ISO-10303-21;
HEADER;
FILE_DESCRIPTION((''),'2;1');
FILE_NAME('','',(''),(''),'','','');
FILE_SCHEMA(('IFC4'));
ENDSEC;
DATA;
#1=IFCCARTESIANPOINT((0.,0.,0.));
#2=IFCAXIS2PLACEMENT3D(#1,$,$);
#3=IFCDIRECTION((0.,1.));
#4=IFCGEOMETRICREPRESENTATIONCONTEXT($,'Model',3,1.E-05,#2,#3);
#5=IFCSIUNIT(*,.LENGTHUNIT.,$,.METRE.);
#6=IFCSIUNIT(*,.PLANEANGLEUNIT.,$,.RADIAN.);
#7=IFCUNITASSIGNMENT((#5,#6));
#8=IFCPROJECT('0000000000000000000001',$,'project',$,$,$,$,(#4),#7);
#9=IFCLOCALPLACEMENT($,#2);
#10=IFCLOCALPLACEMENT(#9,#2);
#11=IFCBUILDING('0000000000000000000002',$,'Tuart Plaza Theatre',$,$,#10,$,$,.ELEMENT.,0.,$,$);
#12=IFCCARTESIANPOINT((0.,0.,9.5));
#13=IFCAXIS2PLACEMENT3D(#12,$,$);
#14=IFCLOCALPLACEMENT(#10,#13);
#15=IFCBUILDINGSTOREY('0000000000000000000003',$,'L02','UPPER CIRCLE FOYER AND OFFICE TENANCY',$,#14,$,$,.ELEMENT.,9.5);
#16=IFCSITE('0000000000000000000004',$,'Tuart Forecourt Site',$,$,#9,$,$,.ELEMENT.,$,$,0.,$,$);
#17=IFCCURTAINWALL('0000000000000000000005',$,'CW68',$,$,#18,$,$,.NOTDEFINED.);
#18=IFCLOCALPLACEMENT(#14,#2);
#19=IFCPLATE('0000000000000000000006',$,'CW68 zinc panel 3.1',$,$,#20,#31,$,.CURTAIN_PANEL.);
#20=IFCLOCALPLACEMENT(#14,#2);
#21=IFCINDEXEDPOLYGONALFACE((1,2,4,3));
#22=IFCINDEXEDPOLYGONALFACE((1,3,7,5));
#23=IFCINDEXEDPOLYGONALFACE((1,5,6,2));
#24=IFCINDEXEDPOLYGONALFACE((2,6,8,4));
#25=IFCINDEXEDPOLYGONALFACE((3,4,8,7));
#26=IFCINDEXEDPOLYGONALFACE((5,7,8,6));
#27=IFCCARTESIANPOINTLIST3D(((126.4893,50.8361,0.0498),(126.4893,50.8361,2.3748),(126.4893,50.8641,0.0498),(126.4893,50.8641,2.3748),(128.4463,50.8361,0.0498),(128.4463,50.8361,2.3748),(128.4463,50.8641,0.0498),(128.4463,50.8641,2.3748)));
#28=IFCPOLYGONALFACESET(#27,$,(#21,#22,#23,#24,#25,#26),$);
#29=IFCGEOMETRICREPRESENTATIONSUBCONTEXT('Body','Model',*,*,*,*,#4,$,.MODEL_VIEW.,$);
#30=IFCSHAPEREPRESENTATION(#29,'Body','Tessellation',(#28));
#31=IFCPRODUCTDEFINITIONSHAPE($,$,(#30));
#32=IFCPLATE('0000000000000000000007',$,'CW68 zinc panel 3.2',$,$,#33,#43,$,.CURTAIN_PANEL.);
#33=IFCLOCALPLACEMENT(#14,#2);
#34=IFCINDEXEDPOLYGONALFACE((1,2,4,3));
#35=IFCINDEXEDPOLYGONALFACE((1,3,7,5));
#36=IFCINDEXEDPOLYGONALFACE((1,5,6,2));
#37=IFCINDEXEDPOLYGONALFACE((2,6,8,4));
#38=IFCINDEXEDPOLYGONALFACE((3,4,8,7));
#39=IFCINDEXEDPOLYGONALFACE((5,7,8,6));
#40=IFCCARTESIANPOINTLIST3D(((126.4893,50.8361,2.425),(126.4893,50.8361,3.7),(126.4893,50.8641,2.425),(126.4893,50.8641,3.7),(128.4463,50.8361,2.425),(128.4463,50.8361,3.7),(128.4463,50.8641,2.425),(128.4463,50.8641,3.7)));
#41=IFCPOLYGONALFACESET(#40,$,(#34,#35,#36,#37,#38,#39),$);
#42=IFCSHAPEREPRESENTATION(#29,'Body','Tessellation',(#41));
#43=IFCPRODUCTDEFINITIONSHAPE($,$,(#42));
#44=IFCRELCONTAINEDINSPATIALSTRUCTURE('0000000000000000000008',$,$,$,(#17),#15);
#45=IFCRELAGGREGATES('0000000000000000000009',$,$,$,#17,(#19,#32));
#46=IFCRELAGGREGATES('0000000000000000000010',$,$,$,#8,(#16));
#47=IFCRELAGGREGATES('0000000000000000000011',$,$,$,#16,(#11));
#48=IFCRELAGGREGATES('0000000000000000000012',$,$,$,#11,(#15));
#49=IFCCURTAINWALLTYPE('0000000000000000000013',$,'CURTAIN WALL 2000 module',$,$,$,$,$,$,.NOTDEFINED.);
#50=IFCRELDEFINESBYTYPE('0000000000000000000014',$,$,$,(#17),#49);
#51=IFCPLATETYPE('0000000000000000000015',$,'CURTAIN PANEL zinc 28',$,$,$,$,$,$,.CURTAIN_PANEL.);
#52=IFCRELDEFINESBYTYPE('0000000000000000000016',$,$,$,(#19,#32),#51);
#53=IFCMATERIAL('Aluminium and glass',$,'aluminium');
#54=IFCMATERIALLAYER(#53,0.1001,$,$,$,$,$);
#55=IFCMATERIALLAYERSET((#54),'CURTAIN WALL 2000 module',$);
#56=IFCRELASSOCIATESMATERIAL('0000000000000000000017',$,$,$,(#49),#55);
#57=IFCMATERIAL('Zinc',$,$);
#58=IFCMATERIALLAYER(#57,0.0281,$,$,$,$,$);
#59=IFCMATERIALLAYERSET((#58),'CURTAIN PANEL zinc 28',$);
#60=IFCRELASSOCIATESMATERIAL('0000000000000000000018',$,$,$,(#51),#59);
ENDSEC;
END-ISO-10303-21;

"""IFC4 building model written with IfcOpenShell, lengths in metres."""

from ifc_helpers import new_model, si_unit, direction, frame, origin, origin_2d, place, context, subcontext, project, spatial, rectangle, extrude, material, layer, layer_set, type_object, element, aggregate, save


model = new_model("IFC4")

# Units and contexts
model_context = context("Model", 3, precision=1e-05, world=origin(), true_north=direction((0.0, 1.0)))
body_context = subcontext(model_context, "Body", "Model", "MODEL_VIEW")
ifc_project = project(units=[si_unit("LENGTHUNIT", "METRE"), si_unit("PLANEANGLEUNIT", "RADIAN")], contexts=[model_context])

# Site, building, storey
site_placement = place(None, origin())
site = spatial("IfcSite", under=ifc_project, at=site_placement, Name="Tuart Forecourt Site", CompositionType="ELEMENT", RefElevation=0.0)
building_placement = place(site_placement, origin())
building = spatial("IfcBuilding", under=site, at=building_placement, Name="Tuart Plaza Theatre", CompositionType="ELEMENT", ElevationOfRefHeight=0.0)
storey_placement = place(building_placement, frame((0.0, 0.0, 9.5)))
storey = spatial("IfcBuildingStorey", under=building, at=storey_placement, Name="L02", Description="UPPER CIRCLE FOYER AND OFFICE TENANCY", CompositionType="ELEMENT", Elevation=9.5)

# Curtain wall, plates
ifc_material_1 = material(Name="Aluminium and glass", Category="aluminium")
ifc_layer_1 = layer(ifc_material_1, 0.1001)
ifc_layer_set_1 = layer_set([ifc_layer_1], Name="CURTAIN WALL 2000 module")
curtain_wall_type = type_object("IfcCurtainWallType", Name="CURTAIN WALL 2000 module", PredefinedType="NOTDEFINED", material=ifc_layer_set_1)
curtain_wall_placement = place(storey_placement, origin())
curtain_wall = element("IfcCurtainWall", 1, at=curtain_wall_placement, inside=storey, type_object=curtain_wall_type, Name="CW68", PredefinedType="NOTDEFINED")
ifc_material_2 = material(Name="Zinc")
ifc_layer_2 = layer(ifc_material_2, 0.0281)
ifc_layer_set_2 = layer_set([ifc_layer_2], Name="CURTAIN PANEL zinc 28")
plate_type_1 = type_object("IfcPlateType", Name="CURTAIN PANEL zinc 28", PredefinedType="CURTAIN_PANEL", material=ifc_layer_set_2)
plate_1_placement = place(storey_placement, frame((127.4678, 50.8501, 0.0498), z_axis=(0.0, 0.0, 1.0), x_axis=(1.0, 0.0, 0.0)))
plate_1 = element("IfcPlate", 2, at=plate_1_placement, type_object=plate_type_1, Name="CW68 zinc panel 3.1", PredefinedType="CURTAIN_PANEL", context=body_context, shape_type="SweptSolid", body=[
    extrude(rectangle(XDim=1.957, YDim=0.0281, at=origin_2d()), origin(), (0.0, 0.0, 1.0), 2.325),
])
plate_2_placement = place(storey_placement, frame((127.4678, 50.8501, 2.425), z_axis=(0.0, 0.0, 1.0), x_axis=(1.0, 0.0, 0.0)))
plate_2 = element("IfcPlate", 3, at=plate_2_placement, type_object=plate_type_1, Name="CW68 zinc panel 3.2", PredefinedType="CURTAIN_PANEL", context=body_context, shape_type="SweptSolid", body=[
    extrude(rectangle(XDim=1.957, YDim=0.0281, at=origin_2d()), origin(), (0.0, 0.0, 1.0), 1.2749),
])
aggregate(curtain_wall, [plate_1, plate_2])

save(model, "model.ifc")
